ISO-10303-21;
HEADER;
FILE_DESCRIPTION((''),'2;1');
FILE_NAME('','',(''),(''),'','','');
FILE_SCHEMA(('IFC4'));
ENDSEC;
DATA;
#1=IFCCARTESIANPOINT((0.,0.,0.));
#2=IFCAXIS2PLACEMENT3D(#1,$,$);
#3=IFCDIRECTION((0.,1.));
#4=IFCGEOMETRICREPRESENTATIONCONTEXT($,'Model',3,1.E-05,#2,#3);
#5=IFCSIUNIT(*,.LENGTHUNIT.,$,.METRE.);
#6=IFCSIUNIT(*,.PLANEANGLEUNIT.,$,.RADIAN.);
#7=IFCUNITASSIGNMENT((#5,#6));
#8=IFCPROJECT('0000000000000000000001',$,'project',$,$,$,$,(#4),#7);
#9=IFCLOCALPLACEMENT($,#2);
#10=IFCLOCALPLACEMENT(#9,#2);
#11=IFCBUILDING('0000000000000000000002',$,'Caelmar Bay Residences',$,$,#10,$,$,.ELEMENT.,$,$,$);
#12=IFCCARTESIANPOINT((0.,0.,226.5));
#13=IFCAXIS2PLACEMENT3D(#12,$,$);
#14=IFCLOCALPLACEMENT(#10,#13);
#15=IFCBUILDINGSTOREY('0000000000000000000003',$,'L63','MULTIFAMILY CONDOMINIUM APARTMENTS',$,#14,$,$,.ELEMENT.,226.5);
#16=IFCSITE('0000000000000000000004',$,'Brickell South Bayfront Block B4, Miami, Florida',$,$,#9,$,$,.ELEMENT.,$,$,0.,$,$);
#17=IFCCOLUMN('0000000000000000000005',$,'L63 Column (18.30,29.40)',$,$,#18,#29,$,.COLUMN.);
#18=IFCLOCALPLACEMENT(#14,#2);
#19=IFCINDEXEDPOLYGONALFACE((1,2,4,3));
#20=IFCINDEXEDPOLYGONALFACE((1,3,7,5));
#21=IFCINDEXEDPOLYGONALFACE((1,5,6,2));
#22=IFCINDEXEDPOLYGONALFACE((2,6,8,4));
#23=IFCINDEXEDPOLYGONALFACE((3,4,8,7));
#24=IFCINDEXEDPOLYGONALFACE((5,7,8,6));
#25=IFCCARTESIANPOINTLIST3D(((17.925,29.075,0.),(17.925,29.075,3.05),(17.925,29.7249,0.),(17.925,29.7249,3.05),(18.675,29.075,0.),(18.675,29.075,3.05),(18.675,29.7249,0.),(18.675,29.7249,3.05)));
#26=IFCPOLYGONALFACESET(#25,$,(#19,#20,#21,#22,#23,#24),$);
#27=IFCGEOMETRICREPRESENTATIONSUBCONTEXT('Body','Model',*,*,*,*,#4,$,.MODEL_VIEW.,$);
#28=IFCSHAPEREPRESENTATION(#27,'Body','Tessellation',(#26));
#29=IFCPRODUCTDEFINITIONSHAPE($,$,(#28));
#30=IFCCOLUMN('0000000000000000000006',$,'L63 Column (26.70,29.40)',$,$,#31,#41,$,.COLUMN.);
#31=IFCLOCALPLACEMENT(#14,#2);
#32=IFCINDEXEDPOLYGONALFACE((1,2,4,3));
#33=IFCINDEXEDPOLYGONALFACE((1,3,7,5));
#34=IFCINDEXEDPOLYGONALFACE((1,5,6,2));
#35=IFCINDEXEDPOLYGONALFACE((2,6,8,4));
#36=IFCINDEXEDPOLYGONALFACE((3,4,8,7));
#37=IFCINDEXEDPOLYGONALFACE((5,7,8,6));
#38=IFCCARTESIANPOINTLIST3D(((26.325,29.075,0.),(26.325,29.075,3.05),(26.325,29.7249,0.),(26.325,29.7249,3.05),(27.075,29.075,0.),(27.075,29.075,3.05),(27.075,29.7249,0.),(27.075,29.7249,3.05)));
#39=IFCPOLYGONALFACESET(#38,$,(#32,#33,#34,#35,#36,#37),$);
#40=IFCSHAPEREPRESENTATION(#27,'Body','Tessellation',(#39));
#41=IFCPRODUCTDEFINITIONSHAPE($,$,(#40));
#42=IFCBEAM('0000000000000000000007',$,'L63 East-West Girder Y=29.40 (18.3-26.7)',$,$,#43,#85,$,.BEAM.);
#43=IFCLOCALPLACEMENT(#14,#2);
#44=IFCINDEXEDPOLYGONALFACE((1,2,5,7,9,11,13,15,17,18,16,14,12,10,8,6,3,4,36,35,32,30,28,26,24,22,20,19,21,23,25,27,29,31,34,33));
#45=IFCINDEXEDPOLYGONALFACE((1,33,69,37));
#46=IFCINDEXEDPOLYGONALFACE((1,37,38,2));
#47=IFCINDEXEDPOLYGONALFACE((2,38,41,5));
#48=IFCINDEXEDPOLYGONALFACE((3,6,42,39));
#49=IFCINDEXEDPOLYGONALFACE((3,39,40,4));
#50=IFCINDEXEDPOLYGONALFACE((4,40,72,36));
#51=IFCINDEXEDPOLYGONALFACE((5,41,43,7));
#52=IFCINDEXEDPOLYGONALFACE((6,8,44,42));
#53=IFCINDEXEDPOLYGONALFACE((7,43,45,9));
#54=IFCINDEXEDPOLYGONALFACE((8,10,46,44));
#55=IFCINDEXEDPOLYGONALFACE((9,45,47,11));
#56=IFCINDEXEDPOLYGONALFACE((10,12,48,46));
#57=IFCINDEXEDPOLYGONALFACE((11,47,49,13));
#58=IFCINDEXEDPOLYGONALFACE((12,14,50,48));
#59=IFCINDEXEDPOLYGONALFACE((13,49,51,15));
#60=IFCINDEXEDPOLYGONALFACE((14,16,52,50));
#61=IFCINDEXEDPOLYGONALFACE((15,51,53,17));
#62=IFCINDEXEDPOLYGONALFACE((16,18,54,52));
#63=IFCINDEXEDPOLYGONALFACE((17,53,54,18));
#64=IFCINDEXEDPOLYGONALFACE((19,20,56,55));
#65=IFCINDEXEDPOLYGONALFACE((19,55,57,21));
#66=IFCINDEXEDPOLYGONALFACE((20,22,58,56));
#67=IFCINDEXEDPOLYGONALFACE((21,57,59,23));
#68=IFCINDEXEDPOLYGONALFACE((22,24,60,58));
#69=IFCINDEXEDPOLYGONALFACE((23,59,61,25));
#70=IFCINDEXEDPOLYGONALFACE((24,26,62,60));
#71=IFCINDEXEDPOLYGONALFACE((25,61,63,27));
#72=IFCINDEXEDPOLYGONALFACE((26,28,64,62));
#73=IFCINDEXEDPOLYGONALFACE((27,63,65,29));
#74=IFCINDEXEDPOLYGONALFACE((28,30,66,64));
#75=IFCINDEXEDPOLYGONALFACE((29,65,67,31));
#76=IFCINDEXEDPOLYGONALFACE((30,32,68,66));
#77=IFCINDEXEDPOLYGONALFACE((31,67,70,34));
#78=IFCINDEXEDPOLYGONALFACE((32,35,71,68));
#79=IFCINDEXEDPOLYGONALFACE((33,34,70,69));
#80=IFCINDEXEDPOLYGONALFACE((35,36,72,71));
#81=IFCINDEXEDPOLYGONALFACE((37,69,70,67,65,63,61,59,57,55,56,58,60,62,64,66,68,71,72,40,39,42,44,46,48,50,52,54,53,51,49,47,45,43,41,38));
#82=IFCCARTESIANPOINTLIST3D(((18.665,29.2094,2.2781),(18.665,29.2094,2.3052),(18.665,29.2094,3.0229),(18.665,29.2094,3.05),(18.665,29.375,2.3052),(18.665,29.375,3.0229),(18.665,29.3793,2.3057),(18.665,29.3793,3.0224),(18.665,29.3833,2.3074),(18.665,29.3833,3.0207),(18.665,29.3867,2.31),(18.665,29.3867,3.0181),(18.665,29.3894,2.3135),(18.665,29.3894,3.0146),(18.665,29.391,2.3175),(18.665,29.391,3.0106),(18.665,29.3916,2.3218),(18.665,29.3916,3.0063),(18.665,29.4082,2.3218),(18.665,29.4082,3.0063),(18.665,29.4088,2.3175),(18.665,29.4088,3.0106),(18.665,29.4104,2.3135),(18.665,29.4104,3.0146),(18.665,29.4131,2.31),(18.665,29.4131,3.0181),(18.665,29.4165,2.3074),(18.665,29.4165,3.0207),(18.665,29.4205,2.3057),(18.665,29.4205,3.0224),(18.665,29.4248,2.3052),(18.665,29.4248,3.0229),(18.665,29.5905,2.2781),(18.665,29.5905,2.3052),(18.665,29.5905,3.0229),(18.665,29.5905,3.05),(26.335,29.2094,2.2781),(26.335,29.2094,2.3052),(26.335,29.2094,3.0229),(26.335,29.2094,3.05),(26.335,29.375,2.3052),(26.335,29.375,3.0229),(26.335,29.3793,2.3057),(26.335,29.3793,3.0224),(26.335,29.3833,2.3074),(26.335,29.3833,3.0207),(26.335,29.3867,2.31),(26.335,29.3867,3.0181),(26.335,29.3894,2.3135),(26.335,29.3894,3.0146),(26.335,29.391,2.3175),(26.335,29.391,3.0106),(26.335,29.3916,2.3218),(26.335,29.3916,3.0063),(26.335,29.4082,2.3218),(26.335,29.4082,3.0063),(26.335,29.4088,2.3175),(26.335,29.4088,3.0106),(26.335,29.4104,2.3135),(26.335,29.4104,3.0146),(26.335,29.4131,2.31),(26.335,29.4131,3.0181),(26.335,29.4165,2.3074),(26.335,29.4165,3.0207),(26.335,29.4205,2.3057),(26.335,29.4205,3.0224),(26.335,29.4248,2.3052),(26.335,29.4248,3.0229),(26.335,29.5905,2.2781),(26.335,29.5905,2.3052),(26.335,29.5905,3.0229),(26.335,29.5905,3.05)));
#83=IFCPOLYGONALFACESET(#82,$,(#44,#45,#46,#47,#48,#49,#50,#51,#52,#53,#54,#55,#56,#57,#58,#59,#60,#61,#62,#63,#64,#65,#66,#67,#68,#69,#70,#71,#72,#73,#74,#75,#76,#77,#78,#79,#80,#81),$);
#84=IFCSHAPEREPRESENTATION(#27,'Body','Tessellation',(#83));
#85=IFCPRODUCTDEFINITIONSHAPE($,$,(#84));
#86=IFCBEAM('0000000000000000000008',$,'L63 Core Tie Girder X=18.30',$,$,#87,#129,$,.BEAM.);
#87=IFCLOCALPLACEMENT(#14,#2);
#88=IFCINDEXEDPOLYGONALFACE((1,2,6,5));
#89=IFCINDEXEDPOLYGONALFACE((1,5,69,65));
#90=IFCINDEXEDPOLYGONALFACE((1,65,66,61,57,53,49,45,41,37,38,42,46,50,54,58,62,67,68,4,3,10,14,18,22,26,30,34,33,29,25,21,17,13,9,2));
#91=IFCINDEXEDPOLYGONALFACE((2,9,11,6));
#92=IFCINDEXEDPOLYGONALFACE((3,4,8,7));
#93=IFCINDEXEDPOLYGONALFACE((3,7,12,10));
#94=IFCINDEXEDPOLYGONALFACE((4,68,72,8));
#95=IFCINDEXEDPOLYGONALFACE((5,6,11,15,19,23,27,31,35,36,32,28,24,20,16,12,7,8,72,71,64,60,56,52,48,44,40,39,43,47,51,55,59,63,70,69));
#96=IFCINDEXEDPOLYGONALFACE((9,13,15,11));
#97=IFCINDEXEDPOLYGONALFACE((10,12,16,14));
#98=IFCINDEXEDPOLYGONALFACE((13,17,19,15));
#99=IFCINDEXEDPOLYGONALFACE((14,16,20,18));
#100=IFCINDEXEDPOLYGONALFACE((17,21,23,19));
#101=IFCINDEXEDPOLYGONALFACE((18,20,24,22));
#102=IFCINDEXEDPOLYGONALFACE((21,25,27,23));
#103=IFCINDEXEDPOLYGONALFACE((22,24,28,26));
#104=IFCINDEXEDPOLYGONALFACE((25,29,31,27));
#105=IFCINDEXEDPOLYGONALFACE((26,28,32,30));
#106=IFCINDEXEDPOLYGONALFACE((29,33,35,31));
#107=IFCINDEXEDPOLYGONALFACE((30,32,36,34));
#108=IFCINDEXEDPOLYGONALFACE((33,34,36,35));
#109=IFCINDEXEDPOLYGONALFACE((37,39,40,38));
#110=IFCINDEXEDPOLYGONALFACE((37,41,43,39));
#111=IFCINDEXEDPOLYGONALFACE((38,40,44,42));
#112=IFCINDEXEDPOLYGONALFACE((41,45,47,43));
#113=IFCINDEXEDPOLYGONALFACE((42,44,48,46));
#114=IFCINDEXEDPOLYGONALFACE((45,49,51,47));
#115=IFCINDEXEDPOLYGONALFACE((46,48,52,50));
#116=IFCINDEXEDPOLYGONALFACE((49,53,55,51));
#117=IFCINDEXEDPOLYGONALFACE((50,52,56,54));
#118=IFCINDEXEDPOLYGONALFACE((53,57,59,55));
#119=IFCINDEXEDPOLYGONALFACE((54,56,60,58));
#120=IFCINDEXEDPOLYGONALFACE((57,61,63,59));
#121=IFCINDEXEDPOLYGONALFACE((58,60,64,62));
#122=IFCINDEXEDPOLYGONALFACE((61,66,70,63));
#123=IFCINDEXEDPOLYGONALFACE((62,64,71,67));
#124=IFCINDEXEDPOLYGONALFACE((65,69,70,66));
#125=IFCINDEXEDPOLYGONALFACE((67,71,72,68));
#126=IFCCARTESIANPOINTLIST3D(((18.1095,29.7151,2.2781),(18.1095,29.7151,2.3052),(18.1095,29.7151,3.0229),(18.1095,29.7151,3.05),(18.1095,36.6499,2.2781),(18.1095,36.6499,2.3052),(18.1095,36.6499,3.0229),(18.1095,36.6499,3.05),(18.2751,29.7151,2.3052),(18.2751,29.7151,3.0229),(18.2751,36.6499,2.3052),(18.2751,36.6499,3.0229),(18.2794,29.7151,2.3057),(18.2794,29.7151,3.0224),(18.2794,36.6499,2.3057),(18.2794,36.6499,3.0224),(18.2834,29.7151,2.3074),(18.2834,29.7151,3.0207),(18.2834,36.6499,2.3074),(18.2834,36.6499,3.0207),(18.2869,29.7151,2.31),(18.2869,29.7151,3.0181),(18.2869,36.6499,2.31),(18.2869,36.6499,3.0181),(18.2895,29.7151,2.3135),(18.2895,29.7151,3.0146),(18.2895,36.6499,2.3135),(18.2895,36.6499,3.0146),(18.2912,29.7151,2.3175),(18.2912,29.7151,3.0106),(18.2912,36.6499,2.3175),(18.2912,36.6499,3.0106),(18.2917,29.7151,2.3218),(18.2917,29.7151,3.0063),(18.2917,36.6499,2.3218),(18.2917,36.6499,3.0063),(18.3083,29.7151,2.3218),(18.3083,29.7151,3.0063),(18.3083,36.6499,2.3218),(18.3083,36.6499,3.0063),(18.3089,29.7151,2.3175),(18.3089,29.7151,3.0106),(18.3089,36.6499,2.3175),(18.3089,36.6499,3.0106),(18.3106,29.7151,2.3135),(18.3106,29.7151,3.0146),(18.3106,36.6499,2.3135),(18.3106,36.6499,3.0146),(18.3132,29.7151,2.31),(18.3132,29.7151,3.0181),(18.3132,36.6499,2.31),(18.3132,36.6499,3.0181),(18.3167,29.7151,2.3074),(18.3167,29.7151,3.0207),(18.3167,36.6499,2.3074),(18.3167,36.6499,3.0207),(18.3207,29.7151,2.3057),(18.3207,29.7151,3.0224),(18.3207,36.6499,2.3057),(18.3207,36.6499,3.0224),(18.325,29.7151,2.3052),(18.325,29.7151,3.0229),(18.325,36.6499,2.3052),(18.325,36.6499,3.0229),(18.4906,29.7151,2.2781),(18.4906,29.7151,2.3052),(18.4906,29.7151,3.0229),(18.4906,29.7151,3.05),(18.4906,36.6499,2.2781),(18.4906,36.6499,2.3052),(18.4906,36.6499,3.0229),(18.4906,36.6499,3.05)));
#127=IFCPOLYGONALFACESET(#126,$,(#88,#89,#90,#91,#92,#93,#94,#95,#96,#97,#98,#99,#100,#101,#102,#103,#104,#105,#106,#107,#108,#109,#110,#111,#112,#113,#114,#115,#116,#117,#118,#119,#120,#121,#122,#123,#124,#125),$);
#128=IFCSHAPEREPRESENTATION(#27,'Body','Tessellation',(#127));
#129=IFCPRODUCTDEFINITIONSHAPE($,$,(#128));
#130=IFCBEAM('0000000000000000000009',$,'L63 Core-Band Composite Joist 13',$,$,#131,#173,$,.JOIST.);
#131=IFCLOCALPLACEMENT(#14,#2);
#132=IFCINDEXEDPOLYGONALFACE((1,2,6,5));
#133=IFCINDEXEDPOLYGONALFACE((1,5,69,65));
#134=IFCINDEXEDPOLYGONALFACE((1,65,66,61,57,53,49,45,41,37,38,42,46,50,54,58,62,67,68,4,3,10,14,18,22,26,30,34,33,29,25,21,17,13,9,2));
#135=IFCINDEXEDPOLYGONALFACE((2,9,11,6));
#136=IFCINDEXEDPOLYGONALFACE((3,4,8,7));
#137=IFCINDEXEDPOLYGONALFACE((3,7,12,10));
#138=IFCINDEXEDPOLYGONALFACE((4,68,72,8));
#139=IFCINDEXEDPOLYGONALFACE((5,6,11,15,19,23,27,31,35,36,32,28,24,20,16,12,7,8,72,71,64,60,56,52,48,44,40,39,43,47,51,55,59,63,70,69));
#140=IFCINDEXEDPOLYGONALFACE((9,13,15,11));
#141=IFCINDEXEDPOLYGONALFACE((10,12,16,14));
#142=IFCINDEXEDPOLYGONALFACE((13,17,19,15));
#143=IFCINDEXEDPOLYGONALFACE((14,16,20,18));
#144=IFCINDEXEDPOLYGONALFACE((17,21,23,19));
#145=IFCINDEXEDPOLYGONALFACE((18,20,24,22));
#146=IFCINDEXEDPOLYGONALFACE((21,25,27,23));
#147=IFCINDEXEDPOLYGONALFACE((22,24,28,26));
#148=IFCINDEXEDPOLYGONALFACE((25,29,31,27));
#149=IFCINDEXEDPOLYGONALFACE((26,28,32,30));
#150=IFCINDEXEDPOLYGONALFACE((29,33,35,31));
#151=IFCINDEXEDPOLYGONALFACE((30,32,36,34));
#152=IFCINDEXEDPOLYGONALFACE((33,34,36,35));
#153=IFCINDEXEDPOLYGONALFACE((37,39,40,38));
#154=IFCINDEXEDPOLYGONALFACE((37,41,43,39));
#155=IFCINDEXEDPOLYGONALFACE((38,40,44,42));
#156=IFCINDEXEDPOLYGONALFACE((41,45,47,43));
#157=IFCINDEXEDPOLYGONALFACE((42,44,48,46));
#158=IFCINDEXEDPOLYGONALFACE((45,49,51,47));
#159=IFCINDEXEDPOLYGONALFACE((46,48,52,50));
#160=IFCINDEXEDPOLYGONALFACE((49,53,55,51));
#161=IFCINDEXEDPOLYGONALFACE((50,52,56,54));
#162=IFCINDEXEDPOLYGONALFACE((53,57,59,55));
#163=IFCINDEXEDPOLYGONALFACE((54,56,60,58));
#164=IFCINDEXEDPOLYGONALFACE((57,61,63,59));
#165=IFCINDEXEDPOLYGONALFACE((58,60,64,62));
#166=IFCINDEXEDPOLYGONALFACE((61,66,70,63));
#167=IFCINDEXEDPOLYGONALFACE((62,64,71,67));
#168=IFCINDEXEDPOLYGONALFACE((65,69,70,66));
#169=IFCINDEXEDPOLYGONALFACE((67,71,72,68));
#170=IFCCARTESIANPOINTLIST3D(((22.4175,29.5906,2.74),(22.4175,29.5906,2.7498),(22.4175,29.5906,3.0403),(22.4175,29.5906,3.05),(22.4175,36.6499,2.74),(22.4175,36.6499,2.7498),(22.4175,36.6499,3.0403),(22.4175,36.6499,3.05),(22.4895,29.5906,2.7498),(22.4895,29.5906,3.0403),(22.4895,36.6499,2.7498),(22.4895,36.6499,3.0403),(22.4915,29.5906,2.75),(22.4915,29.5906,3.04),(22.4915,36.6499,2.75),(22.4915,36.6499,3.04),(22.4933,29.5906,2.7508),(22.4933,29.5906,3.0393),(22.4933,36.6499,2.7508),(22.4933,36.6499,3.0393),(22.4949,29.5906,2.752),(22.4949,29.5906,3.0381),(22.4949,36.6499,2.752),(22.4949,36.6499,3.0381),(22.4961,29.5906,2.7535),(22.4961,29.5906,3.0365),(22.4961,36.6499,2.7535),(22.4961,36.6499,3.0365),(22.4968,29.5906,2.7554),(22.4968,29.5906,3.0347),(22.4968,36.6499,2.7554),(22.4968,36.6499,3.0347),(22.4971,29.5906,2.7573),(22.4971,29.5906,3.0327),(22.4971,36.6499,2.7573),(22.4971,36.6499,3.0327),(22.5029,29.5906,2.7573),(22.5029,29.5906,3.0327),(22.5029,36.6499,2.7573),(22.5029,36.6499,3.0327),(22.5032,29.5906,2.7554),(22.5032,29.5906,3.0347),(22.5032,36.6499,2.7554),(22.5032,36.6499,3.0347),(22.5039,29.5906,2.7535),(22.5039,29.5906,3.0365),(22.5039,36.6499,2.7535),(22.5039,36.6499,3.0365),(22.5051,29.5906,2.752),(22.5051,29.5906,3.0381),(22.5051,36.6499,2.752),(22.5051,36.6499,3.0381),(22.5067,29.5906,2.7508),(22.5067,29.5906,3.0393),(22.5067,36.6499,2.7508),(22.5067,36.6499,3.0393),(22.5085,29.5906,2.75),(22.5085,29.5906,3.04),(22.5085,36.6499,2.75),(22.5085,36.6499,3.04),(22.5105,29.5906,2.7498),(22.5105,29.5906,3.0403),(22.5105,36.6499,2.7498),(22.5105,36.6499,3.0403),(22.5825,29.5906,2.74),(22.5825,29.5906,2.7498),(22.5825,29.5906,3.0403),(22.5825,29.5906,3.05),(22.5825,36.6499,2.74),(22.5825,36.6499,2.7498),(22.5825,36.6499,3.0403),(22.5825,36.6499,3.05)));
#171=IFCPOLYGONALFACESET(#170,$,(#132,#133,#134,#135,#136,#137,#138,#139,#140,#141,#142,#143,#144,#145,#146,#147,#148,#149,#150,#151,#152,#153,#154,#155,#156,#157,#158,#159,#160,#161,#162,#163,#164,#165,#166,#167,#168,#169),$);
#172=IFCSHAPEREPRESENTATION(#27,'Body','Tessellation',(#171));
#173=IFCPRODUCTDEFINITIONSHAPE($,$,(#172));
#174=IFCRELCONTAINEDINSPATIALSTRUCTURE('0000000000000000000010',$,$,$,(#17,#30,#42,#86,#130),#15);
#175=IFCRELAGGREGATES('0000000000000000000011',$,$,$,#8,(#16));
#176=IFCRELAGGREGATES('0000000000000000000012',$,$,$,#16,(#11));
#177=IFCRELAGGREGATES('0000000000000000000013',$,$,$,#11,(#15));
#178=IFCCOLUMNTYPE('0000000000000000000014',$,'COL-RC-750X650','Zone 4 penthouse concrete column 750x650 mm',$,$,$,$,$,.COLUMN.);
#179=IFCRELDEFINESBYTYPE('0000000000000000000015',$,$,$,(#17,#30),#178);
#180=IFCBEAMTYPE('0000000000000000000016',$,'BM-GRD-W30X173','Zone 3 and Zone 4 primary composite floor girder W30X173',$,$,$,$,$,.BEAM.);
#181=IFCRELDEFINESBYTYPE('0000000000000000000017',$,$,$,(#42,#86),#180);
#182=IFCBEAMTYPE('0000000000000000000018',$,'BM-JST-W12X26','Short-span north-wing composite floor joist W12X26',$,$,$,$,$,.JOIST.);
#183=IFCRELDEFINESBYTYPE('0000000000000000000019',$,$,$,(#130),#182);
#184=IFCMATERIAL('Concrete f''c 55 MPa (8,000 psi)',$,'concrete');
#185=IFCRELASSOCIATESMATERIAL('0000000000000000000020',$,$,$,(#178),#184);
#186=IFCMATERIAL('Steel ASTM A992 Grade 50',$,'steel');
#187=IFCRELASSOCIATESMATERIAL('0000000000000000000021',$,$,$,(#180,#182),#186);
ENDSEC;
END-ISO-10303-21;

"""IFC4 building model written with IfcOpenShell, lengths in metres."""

from ifc_helpers import new_model, si_unit, direction, frame, origin, origin_2d, place, context, subcontext, project, spatial, rectangle, i_section, extrude, material, material_profile, profile_set, type_object, element, save


model = new_model("IFC4")

# Units and contexts
model_context = context("Model", 3, precision=1e-05, world=origin(), true_north=direction((0.0, 1.0)))
body_context = subcontext(model_context, "Body", "Model", "MODEL_VIEW")
ifc_project = project(units=[si_unit("LENGTHUNIT", "METRE"), si_unit("PLANEANGLEUNIT", "RADIAN")], contexts=[model_context])

# Site, building, storey
site_placement = place(None, origin())
site = spatial("IfcSite", under=ifc_project, at=site_placement, Name="Brickell South Bayfront Block B4, Miami, Florida", CompositionType="ELEMENT", RefElevation=0.0)
building_placement = place(site_placement, origin())
building = spatial("IfcBuilding", under=site, at=building_placement, Name="Caelmar Bay Residences", CompositionType="ELEMENT")
storey_placement = place(building_placement, frame((0.0, 0.0, 226.5)))
storey = spatial("IfcBuildingStorey", under=building, at=storey_placement, Name="L63", Description="MULTIFAMILY CONDOMINIUM APARTMENTS", CompositionType="ELEMENT", Elevation=226.5)

# Columns
ifc_material_1 = material(Name="Concrete f'c 55 MPa (8,000 psi)", Category="concrete")
ifc_material_profile_1 = material_profile(ifc_material_1, rectangle(XDim=0.75, YDim=0.6499, at=origin_2d()), Name="RC-COL-750X650")
ifc_profile_set_1 = profile_set([ifc_material_profile_1], Name="Concrete f'c 55 MPa (8,000 psi)")
column_type = type_object("IfcColumnType", Name="COL-RC-750X650", Description="Zone 4 penthouse concrete column 750x650 mm", PredefinedType="COLUMN", material=ifc_profile_set_1)
for number, where, z_axis, x_axis, name in (
    (1, (18.3, 29.3999, 0.0), (0.0, 0.0, 1.0), (1.0, 0.0, 0.0), "L63 Column (18.30,29.40)"),
    (2, (26.7, 29.3999, 0.0), (0.0, 0.0, 1.0), (1.0, 0.0, 0.0), "L63 Column (26.70,29.40)"),
):
    element("IfcColumn", number, at=place(storey_placement, frame(where, z_axis=z_axis, x_axis=x_axis)), inside=storey, type_object=column_type, Name=name, PredefinedType="COLUMN", context=body_context, shape_type="SweptSolid", body=[
        extrude(rectangle(XDim=0.75, YDim=0.6499, at=origin_2d()), origin(), (0.0, 0.0, 1.0), 3.05),
    ])

# Beams
ifc_material_2 = material(Name="Steel ASTM A992 Grade 50", Category="steel")
ifc_material_profile_2 = material_profile(ifc_material_2, i_section(OverallWidth=0.3811, OverallDepth=0.772, WebThickness=0.0166, FlangeThickness=0.0271, FilletRadius=0.0166, at=origin_2d()), Name="W30X173")
ifc_profile_set_2 = profile_set([ifc_material_profile_2], Name="Steel ASTM A992 Grade 50")
beam_type_1 = type_object("IfcBeamType", Name="BM-GRD-W30X173", Description="Zone 3 and Zone 4 primary composite floor girder W30X173", PredefinedType="BEAM", material=ifc_profile_set_2)
beam_1_placement = place(storey_placement, frame((18.665, 29.3999, 2.6641), z_axis=(1.0, 0.0, 0.0), x_axis=(0.0, 1.0, 0.0)))
element("IfcBeam", 3, at=beam_1_placement, inside=storey, type_object=beam_type_1, Name="L63 East-West Girder Y=29.40 (18.3-26.7)", PredefinedType="BEAM", context=body_context, shape_type="SweptSolid", body=[
    extrude(i_section(OverallWidth=0.3811, OverallDepth=0.772, WebThickness=0.0166, FlangeThickness=0.0271, FilletRadius=0.0166, at=origin_2d()), origin(), (0.0, 0.0, 1.0), 7.6699),
])
beam_2_placement = place(storey_placement, frame((18.3, 29.7151, 2.6641), z_axis=(0.0, 1.0, 0.0), x_axis=(-1.0, 0.0, 0.0)))
element("IfcBeam", 4, at=beam_2_placement, inside=storey, type_object=beam_type_1, Name="L63 Core Tie Girder X=18.30", PredefinedType="BEAM", context=body_context, shape_type="SweptSolid", body=[
    extrude(i_section(OverallWidth=0.3811, OverallDepth=0.772, WebThickness=0.0166, FlangeThickness=0.0271, FilletRadius=0.0166, at=origin_2d()), origin(), (0.0, 0.0, 1.0), 6.9348),
])
ifc_material_profile_3 = material_profile(ifc_material_2, i_section(OverallWidth=0.165, OverallDepth=0.3101, WebThickness=0.0059, FlangeThickness=0.0098, FilletRadius=0.0076, at=origin_2d()), Name="W12X26")
ifc_profile_set_3 = profile_set([ifc_material_profile_3], Name="Steel ASTM A992 Grade 50")
beam_type_2 = type_object("IfcBeamType", Name="BM-JST-W12X26", Description="Short-span north-wing composite floor joist W12X26", PredefinedType="JOIST", material=ifc_profile_set_3)
beam_3_placement = place(storey_placement, frame((22.5, 29.5906, 2.895), z_axis=(0.0, 1.0, 0.0), x_axis=(-1.0, 0.0, 0.0)))
element("IfcBeam", 5, at=beam_3_placement, inside=storey, type_object=beam_type_2, Name="L63 Core-Band Composite Joist 13", PredefinedType="JOIST", context=body_context, shape_type="SweptSolid", body=[
    extrude(i_section(OverallWidth=0.165, OverallDepth=0.3101, WebThickness=0.0059, FlangeThickness=0.0098, FilletRadius=0.0076, at=origin_2d()), origin(), (0.0, 0.0, 1.0), 7.0593),
])

save(model, "model.ifc")
